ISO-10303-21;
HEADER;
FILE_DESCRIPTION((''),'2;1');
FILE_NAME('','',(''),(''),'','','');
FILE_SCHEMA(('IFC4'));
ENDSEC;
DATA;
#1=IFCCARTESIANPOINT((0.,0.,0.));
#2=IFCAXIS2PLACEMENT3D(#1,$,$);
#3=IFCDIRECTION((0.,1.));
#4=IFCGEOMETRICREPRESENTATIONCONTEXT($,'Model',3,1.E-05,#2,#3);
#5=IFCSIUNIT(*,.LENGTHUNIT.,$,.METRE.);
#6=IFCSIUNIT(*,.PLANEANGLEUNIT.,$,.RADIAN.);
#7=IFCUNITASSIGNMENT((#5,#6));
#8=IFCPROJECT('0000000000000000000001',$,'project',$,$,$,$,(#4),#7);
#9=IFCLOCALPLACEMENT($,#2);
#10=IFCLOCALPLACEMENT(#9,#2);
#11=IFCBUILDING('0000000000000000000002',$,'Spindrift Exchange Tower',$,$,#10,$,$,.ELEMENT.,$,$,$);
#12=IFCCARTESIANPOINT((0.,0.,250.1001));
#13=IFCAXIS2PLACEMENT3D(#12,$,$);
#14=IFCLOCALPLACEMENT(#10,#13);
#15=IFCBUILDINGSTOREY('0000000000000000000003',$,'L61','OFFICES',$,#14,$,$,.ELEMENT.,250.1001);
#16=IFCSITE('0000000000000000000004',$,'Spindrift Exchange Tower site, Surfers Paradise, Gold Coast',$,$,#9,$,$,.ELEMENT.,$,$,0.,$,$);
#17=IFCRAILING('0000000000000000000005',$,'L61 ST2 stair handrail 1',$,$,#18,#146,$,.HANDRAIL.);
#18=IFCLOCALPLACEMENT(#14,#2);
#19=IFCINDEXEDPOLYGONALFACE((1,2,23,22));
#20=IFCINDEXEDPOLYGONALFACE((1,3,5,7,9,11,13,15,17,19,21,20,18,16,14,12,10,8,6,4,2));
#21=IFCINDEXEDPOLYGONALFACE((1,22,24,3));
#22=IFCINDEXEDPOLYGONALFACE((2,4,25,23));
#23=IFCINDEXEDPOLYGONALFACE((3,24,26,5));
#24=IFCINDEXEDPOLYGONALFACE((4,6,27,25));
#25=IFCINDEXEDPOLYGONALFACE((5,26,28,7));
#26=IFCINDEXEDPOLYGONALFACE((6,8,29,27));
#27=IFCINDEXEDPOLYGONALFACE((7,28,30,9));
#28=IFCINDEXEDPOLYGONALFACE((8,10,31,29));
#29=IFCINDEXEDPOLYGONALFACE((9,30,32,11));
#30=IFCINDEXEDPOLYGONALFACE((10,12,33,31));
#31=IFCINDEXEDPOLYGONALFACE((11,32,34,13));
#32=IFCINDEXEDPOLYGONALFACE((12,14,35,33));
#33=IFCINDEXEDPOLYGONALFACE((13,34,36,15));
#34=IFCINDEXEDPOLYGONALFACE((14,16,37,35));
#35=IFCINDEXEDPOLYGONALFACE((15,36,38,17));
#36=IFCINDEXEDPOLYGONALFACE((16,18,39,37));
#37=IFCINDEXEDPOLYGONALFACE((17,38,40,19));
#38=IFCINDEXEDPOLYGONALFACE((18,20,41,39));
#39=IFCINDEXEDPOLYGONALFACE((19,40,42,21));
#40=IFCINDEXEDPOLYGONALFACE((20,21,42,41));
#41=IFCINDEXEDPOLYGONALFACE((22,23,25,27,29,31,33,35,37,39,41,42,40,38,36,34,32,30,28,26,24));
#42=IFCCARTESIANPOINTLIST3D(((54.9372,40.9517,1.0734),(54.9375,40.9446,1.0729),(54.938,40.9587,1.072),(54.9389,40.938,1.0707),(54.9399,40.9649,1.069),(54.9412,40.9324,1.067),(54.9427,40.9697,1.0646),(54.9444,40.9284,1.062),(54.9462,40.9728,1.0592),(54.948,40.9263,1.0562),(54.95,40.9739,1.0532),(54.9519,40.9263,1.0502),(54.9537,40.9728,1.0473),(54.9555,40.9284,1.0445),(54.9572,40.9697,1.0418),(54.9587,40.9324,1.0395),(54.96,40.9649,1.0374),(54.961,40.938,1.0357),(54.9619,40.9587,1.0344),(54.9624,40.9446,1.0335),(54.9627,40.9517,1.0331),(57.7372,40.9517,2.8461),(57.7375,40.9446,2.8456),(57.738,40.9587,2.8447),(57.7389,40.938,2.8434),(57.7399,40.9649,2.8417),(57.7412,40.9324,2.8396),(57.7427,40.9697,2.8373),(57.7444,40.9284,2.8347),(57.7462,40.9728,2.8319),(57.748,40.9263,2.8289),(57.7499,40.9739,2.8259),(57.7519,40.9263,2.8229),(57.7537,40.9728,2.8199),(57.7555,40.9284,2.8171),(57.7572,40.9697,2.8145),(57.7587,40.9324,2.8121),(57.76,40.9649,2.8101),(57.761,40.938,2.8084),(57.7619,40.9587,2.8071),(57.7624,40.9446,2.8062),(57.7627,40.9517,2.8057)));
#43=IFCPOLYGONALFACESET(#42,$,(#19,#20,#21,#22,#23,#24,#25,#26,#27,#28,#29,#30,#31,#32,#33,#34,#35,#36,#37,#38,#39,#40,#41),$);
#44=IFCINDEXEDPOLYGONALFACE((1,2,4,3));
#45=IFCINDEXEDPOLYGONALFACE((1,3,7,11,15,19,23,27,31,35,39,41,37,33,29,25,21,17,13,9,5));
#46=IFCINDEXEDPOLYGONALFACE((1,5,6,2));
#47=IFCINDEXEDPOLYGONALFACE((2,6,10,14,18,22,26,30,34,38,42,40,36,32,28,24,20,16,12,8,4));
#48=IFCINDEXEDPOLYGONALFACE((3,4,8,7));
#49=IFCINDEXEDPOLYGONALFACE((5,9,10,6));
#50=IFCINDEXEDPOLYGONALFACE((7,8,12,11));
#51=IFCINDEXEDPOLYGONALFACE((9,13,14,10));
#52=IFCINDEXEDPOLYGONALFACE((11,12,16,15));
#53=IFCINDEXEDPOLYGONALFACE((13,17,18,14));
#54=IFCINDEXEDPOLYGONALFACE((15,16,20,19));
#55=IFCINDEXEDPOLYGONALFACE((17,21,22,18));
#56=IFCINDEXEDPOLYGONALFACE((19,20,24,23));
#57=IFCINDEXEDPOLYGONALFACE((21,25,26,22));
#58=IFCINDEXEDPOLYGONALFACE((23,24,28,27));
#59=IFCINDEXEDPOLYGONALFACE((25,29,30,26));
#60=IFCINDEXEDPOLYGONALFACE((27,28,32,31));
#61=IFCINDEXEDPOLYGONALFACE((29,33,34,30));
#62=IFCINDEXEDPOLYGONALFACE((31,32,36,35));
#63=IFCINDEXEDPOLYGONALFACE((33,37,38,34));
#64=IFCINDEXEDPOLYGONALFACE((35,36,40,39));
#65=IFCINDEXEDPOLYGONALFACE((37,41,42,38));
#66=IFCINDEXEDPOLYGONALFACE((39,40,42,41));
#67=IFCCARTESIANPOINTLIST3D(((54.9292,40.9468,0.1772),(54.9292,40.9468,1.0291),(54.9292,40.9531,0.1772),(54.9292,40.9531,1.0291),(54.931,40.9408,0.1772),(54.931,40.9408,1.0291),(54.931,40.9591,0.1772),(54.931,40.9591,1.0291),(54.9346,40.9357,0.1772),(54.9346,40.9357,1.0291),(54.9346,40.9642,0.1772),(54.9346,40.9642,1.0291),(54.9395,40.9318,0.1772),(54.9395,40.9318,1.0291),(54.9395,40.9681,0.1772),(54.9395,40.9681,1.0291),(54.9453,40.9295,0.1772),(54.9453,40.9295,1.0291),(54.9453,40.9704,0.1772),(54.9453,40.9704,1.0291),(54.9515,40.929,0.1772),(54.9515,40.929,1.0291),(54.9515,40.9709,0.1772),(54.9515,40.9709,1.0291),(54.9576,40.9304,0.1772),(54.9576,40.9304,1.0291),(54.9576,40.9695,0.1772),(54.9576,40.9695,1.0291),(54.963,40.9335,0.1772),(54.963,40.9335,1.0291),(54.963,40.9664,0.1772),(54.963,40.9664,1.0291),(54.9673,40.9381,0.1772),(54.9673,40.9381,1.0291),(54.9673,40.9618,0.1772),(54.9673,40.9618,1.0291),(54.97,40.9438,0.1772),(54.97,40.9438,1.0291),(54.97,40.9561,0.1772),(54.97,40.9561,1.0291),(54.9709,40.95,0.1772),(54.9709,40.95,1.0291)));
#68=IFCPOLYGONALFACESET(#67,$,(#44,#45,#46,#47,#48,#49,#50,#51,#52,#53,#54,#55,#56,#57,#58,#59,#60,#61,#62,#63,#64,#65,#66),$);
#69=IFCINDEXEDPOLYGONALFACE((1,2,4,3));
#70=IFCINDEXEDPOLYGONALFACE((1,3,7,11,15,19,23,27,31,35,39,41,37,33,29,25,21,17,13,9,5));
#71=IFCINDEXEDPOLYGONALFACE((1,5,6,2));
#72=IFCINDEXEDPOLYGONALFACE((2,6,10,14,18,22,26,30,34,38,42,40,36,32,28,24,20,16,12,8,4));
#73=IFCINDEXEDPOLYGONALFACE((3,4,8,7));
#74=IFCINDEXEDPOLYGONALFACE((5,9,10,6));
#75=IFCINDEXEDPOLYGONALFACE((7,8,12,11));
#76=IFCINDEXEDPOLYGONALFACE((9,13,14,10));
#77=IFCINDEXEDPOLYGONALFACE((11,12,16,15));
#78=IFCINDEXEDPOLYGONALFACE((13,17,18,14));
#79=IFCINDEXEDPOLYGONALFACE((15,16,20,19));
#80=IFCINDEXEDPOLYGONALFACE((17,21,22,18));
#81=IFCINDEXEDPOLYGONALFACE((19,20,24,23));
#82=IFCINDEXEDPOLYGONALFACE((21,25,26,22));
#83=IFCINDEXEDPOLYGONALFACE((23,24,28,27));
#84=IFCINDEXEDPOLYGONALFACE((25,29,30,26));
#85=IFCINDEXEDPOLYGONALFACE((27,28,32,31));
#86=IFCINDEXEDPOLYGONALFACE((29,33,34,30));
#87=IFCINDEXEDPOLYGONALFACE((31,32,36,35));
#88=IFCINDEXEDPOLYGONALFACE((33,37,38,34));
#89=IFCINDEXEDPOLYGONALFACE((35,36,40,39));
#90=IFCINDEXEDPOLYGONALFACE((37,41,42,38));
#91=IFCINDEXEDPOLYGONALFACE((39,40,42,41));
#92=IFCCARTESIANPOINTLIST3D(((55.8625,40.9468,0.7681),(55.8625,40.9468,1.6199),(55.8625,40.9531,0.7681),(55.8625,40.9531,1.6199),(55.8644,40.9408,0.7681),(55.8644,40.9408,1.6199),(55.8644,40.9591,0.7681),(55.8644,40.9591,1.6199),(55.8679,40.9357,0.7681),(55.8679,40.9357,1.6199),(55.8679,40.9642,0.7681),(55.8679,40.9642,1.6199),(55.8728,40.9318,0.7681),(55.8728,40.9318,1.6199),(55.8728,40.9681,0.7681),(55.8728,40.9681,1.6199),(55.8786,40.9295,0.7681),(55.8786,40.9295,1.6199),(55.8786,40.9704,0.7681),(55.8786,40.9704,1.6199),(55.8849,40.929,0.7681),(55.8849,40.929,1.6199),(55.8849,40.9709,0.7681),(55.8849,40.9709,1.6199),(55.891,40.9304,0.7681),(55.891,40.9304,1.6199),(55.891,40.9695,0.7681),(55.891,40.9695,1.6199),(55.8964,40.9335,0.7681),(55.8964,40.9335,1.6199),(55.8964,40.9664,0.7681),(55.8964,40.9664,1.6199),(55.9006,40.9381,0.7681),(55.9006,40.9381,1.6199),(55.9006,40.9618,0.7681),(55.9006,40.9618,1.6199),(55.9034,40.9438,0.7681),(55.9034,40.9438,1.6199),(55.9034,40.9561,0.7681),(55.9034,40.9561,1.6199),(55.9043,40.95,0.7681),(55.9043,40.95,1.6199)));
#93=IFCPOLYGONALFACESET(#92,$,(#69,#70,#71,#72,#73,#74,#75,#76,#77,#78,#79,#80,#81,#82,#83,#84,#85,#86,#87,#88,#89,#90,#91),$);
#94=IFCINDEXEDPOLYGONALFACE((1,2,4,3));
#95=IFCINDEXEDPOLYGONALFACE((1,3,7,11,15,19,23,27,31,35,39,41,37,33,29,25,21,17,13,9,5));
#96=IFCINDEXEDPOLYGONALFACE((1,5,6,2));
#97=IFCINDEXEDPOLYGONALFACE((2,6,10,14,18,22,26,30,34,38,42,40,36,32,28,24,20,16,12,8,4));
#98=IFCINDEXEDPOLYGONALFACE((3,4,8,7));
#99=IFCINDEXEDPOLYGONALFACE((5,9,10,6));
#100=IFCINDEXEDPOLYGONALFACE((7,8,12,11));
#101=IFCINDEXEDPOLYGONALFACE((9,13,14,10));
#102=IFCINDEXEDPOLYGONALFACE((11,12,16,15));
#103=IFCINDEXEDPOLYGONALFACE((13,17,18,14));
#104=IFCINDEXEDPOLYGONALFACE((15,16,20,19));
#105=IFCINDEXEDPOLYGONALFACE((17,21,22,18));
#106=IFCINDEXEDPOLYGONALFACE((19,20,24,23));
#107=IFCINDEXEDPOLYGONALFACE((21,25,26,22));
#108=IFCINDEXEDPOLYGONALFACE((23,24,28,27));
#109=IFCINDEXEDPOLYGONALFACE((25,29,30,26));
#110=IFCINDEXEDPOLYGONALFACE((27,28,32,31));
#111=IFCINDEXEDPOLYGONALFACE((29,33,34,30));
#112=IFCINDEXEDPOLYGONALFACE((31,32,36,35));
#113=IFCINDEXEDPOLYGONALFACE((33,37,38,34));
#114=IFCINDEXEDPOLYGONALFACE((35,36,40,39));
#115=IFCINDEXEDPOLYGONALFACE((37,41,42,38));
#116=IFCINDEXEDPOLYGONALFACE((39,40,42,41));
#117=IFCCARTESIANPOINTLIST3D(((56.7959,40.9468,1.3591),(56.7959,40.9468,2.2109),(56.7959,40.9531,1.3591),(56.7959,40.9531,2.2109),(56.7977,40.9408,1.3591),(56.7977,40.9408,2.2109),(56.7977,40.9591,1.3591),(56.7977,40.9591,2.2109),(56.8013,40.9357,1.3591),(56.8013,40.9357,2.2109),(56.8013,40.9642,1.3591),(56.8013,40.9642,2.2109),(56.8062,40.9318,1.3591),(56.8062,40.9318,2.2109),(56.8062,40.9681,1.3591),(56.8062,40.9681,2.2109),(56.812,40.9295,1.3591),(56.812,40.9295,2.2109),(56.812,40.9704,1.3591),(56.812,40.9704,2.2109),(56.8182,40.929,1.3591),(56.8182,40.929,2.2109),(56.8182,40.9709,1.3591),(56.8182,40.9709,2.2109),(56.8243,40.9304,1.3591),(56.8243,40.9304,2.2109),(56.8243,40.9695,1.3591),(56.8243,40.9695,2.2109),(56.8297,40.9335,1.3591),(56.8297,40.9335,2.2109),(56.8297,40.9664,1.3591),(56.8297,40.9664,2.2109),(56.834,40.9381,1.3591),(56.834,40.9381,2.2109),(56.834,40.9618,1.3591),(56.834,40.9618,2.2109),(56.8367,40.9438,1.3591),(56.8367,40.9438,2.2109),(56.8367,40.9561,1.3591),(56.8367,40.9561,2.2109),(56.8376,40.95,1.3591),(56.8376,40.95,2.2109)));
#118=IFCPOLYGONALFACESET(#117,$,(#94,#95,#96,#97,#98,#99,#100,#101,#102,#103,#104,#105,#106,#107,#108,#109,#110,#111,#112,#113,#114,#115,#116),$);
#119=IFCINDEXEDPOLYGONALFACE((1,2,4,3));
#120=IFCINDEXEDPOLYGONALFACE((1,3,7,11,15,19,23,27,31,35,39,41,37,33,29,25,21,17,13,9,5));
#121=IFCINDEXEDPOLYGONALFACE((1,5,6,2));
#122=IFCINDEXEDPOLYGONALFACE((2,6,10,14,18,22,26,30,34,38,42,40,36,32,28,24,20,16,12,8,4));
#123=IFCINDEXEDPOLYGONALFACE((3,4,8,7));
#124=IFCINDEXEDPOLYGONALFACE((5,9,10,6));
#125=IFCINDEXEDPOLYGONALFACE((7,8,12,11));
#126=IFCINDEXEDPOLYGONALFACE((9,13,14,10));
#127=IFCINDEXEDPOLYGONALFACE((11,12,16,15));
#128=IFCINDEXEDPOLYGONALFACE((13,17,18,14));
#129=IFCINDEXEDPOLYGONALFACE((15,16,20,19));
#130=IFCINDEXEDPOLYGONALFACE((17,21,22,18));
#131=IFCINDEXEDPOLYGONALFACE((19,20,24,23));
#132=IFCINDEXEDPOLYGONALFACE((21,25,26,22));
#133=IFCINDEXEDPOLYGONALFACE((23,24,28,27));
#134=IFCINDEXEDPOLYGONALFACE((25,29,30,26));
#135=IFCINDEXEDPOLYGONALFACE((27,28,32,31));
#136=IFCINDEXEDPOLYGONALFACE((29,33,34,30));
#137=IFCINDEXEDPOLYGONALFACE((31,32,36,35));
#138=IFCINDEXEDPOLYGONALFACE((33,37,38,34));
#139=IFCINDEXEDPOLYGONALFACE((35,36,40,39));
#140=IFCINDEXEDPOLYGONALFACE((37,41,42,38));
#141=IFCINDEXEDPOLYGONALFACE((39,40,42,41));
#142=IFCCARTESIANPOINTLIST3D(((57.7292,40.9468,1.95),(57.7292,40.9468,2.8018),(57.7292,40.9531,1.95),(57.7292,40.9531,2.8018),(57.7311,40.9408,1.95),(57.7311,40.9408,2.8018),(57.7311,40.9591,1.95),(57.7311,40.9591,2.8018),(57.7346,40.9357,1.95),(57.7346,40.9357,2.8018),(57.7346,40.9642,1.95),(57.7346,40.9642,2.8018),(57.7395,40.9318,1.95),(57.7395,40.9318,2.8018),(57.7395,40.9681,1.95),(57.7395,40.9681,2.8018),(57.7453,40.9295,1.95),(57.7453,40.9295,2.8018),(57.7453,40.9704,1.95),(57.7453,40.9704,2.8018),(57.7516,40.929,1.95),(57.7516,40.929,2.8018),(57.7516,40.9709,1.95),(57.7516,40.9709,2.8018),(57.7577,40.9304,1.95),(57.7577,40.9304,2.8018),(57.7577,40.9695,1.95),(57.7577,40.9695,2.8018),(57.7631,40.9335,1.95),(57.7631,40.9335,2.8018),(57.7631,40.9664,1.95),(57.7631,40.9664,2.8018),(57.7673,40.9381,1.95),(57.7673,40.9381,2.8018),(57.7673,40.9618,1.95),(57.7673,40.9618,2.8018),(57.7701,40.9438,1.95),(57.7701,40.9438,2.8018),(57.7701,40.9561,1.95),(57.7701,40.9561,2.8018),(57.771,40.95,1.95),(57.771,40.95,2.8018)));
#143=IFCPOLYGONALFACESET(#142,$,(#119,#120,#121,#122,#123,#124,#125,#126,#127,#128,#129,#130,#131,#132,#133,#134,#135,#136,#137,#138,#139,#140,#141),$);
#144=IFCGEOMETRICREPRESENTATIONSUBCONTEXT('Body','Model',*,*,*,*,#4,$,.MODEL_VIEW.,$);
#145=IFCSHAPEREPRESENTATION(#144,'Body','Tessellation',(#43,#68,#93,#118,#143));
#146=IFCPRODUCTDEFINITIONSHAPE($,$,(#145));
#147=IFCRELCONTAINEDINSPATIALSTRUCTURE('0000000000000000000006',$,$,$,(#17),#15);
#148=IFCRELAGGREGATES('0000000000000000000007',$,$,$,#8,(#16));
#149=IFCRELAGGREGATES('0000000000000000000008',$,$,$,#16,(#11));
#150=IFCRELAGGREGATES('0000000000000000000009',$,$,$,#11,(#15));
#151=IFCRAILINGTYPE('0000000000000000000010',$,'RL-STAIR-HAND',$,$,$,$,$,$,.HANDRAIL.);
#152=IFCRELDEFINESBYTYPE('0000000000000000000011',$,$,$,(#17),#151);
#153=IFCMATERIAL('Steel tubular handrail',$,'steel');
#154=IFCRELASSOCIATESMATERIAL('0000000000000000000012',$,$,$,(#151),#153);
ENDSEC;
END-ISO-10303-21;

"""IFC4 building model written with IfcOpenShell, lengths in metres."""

from ifc_helpers import new_model, si_unit, direction, frame, origin, origin_2d, place, context, subcontext, project, spatial, circle, extrude, material, type_object, element, save


model = new_model("IFC4")

# Units and contexts
model_context = context("Model", 3, precision=1e-05, world=origin(), true_north=direction((0.0, 1.0)))
body_context = subcontext(model_context, "Body", "Model", "MODEL_VIEW")
ifc_project = project(units=[si_unit("LENGTHUNIT", "METRE"), si_unit("PLANEANGLEUNIT", "RADIAN")], contexts=[model_context])

# Site, building, storey
site_placement = place(None, origin())
site = spatial("IfcSite", under=ifc_project, at=site_placement, Name="Spindrift Exchange Tower site, Surfers Paradise, Gold Coast", CompositionType="ELEMENT", RefElevation=0.0)
building_placement = place(site_placement, origin())
building = spatial("IfcBuilding", under=site, at=building_placement, Name="Spindrift Exchange Tower", CompositionType="ELEMENT")
storey_placement = place(building_placement, frame((0.0, 0.0, 250.1001)))
storey = spatial("IfcBuildingStorey", under=building, at=storey_placement, Name="L61", Description="OFFICES", CompositionType="ELEMENT", Elevation=250.1001)

# Railing
ifc_material_1 = material(Name="Steel tubular handrail", Category="steel")
railing_type_1 = type_object("IfcRailingType", Name="RL-STAIR-HAND", PredefinedType="HANDRAIL", material=ifc_material_1)
railing_1_placement = place(storey_placement, frame((54.95, 40.95, 0.1772)))
element("IfcRailing", 1, at=railing_1_placement, inside=storey, type_object=railing_type_1, Name="L61 ST2 stair handrail 1", PredefinedType="HANDRAIL", context=body_context, shape_type="SweptSolid", body=[
    extrude(circle(Radius=0.0239, at=origin_2d()), frame((0.0, 0.0, 0.876), z_axis=(0.844909, 0.0, 0.53491), x_axis=(0.0, 1.0, 0.0)), (0.0, 0.0, 1.0), 3.314),
    extrude(circle(Radius=0.021, at=origin_2d()), origin(), (0.0, 0.0, 1.0), 0.8518),
    extrude(circle(Radius=0.021, at=origin_2d()), frame((0.9333, 0.0, 0.5908)), (0.0, 0.0, 1.0), 0.8518),
    extrude(circle(Radius=0.021, at=origin_2d()), frame((1.8667, 0.0, 1.1819)), (0.0, 0.0, 1.0), 0.8518),
    extrude(circle(Radius=0.021, at=origin_2d()), frame((2.8, 0.0, 1.7727)), (0.0, 0.0, 1.0), 0.8518),
])

save(model, "model.ifc")
